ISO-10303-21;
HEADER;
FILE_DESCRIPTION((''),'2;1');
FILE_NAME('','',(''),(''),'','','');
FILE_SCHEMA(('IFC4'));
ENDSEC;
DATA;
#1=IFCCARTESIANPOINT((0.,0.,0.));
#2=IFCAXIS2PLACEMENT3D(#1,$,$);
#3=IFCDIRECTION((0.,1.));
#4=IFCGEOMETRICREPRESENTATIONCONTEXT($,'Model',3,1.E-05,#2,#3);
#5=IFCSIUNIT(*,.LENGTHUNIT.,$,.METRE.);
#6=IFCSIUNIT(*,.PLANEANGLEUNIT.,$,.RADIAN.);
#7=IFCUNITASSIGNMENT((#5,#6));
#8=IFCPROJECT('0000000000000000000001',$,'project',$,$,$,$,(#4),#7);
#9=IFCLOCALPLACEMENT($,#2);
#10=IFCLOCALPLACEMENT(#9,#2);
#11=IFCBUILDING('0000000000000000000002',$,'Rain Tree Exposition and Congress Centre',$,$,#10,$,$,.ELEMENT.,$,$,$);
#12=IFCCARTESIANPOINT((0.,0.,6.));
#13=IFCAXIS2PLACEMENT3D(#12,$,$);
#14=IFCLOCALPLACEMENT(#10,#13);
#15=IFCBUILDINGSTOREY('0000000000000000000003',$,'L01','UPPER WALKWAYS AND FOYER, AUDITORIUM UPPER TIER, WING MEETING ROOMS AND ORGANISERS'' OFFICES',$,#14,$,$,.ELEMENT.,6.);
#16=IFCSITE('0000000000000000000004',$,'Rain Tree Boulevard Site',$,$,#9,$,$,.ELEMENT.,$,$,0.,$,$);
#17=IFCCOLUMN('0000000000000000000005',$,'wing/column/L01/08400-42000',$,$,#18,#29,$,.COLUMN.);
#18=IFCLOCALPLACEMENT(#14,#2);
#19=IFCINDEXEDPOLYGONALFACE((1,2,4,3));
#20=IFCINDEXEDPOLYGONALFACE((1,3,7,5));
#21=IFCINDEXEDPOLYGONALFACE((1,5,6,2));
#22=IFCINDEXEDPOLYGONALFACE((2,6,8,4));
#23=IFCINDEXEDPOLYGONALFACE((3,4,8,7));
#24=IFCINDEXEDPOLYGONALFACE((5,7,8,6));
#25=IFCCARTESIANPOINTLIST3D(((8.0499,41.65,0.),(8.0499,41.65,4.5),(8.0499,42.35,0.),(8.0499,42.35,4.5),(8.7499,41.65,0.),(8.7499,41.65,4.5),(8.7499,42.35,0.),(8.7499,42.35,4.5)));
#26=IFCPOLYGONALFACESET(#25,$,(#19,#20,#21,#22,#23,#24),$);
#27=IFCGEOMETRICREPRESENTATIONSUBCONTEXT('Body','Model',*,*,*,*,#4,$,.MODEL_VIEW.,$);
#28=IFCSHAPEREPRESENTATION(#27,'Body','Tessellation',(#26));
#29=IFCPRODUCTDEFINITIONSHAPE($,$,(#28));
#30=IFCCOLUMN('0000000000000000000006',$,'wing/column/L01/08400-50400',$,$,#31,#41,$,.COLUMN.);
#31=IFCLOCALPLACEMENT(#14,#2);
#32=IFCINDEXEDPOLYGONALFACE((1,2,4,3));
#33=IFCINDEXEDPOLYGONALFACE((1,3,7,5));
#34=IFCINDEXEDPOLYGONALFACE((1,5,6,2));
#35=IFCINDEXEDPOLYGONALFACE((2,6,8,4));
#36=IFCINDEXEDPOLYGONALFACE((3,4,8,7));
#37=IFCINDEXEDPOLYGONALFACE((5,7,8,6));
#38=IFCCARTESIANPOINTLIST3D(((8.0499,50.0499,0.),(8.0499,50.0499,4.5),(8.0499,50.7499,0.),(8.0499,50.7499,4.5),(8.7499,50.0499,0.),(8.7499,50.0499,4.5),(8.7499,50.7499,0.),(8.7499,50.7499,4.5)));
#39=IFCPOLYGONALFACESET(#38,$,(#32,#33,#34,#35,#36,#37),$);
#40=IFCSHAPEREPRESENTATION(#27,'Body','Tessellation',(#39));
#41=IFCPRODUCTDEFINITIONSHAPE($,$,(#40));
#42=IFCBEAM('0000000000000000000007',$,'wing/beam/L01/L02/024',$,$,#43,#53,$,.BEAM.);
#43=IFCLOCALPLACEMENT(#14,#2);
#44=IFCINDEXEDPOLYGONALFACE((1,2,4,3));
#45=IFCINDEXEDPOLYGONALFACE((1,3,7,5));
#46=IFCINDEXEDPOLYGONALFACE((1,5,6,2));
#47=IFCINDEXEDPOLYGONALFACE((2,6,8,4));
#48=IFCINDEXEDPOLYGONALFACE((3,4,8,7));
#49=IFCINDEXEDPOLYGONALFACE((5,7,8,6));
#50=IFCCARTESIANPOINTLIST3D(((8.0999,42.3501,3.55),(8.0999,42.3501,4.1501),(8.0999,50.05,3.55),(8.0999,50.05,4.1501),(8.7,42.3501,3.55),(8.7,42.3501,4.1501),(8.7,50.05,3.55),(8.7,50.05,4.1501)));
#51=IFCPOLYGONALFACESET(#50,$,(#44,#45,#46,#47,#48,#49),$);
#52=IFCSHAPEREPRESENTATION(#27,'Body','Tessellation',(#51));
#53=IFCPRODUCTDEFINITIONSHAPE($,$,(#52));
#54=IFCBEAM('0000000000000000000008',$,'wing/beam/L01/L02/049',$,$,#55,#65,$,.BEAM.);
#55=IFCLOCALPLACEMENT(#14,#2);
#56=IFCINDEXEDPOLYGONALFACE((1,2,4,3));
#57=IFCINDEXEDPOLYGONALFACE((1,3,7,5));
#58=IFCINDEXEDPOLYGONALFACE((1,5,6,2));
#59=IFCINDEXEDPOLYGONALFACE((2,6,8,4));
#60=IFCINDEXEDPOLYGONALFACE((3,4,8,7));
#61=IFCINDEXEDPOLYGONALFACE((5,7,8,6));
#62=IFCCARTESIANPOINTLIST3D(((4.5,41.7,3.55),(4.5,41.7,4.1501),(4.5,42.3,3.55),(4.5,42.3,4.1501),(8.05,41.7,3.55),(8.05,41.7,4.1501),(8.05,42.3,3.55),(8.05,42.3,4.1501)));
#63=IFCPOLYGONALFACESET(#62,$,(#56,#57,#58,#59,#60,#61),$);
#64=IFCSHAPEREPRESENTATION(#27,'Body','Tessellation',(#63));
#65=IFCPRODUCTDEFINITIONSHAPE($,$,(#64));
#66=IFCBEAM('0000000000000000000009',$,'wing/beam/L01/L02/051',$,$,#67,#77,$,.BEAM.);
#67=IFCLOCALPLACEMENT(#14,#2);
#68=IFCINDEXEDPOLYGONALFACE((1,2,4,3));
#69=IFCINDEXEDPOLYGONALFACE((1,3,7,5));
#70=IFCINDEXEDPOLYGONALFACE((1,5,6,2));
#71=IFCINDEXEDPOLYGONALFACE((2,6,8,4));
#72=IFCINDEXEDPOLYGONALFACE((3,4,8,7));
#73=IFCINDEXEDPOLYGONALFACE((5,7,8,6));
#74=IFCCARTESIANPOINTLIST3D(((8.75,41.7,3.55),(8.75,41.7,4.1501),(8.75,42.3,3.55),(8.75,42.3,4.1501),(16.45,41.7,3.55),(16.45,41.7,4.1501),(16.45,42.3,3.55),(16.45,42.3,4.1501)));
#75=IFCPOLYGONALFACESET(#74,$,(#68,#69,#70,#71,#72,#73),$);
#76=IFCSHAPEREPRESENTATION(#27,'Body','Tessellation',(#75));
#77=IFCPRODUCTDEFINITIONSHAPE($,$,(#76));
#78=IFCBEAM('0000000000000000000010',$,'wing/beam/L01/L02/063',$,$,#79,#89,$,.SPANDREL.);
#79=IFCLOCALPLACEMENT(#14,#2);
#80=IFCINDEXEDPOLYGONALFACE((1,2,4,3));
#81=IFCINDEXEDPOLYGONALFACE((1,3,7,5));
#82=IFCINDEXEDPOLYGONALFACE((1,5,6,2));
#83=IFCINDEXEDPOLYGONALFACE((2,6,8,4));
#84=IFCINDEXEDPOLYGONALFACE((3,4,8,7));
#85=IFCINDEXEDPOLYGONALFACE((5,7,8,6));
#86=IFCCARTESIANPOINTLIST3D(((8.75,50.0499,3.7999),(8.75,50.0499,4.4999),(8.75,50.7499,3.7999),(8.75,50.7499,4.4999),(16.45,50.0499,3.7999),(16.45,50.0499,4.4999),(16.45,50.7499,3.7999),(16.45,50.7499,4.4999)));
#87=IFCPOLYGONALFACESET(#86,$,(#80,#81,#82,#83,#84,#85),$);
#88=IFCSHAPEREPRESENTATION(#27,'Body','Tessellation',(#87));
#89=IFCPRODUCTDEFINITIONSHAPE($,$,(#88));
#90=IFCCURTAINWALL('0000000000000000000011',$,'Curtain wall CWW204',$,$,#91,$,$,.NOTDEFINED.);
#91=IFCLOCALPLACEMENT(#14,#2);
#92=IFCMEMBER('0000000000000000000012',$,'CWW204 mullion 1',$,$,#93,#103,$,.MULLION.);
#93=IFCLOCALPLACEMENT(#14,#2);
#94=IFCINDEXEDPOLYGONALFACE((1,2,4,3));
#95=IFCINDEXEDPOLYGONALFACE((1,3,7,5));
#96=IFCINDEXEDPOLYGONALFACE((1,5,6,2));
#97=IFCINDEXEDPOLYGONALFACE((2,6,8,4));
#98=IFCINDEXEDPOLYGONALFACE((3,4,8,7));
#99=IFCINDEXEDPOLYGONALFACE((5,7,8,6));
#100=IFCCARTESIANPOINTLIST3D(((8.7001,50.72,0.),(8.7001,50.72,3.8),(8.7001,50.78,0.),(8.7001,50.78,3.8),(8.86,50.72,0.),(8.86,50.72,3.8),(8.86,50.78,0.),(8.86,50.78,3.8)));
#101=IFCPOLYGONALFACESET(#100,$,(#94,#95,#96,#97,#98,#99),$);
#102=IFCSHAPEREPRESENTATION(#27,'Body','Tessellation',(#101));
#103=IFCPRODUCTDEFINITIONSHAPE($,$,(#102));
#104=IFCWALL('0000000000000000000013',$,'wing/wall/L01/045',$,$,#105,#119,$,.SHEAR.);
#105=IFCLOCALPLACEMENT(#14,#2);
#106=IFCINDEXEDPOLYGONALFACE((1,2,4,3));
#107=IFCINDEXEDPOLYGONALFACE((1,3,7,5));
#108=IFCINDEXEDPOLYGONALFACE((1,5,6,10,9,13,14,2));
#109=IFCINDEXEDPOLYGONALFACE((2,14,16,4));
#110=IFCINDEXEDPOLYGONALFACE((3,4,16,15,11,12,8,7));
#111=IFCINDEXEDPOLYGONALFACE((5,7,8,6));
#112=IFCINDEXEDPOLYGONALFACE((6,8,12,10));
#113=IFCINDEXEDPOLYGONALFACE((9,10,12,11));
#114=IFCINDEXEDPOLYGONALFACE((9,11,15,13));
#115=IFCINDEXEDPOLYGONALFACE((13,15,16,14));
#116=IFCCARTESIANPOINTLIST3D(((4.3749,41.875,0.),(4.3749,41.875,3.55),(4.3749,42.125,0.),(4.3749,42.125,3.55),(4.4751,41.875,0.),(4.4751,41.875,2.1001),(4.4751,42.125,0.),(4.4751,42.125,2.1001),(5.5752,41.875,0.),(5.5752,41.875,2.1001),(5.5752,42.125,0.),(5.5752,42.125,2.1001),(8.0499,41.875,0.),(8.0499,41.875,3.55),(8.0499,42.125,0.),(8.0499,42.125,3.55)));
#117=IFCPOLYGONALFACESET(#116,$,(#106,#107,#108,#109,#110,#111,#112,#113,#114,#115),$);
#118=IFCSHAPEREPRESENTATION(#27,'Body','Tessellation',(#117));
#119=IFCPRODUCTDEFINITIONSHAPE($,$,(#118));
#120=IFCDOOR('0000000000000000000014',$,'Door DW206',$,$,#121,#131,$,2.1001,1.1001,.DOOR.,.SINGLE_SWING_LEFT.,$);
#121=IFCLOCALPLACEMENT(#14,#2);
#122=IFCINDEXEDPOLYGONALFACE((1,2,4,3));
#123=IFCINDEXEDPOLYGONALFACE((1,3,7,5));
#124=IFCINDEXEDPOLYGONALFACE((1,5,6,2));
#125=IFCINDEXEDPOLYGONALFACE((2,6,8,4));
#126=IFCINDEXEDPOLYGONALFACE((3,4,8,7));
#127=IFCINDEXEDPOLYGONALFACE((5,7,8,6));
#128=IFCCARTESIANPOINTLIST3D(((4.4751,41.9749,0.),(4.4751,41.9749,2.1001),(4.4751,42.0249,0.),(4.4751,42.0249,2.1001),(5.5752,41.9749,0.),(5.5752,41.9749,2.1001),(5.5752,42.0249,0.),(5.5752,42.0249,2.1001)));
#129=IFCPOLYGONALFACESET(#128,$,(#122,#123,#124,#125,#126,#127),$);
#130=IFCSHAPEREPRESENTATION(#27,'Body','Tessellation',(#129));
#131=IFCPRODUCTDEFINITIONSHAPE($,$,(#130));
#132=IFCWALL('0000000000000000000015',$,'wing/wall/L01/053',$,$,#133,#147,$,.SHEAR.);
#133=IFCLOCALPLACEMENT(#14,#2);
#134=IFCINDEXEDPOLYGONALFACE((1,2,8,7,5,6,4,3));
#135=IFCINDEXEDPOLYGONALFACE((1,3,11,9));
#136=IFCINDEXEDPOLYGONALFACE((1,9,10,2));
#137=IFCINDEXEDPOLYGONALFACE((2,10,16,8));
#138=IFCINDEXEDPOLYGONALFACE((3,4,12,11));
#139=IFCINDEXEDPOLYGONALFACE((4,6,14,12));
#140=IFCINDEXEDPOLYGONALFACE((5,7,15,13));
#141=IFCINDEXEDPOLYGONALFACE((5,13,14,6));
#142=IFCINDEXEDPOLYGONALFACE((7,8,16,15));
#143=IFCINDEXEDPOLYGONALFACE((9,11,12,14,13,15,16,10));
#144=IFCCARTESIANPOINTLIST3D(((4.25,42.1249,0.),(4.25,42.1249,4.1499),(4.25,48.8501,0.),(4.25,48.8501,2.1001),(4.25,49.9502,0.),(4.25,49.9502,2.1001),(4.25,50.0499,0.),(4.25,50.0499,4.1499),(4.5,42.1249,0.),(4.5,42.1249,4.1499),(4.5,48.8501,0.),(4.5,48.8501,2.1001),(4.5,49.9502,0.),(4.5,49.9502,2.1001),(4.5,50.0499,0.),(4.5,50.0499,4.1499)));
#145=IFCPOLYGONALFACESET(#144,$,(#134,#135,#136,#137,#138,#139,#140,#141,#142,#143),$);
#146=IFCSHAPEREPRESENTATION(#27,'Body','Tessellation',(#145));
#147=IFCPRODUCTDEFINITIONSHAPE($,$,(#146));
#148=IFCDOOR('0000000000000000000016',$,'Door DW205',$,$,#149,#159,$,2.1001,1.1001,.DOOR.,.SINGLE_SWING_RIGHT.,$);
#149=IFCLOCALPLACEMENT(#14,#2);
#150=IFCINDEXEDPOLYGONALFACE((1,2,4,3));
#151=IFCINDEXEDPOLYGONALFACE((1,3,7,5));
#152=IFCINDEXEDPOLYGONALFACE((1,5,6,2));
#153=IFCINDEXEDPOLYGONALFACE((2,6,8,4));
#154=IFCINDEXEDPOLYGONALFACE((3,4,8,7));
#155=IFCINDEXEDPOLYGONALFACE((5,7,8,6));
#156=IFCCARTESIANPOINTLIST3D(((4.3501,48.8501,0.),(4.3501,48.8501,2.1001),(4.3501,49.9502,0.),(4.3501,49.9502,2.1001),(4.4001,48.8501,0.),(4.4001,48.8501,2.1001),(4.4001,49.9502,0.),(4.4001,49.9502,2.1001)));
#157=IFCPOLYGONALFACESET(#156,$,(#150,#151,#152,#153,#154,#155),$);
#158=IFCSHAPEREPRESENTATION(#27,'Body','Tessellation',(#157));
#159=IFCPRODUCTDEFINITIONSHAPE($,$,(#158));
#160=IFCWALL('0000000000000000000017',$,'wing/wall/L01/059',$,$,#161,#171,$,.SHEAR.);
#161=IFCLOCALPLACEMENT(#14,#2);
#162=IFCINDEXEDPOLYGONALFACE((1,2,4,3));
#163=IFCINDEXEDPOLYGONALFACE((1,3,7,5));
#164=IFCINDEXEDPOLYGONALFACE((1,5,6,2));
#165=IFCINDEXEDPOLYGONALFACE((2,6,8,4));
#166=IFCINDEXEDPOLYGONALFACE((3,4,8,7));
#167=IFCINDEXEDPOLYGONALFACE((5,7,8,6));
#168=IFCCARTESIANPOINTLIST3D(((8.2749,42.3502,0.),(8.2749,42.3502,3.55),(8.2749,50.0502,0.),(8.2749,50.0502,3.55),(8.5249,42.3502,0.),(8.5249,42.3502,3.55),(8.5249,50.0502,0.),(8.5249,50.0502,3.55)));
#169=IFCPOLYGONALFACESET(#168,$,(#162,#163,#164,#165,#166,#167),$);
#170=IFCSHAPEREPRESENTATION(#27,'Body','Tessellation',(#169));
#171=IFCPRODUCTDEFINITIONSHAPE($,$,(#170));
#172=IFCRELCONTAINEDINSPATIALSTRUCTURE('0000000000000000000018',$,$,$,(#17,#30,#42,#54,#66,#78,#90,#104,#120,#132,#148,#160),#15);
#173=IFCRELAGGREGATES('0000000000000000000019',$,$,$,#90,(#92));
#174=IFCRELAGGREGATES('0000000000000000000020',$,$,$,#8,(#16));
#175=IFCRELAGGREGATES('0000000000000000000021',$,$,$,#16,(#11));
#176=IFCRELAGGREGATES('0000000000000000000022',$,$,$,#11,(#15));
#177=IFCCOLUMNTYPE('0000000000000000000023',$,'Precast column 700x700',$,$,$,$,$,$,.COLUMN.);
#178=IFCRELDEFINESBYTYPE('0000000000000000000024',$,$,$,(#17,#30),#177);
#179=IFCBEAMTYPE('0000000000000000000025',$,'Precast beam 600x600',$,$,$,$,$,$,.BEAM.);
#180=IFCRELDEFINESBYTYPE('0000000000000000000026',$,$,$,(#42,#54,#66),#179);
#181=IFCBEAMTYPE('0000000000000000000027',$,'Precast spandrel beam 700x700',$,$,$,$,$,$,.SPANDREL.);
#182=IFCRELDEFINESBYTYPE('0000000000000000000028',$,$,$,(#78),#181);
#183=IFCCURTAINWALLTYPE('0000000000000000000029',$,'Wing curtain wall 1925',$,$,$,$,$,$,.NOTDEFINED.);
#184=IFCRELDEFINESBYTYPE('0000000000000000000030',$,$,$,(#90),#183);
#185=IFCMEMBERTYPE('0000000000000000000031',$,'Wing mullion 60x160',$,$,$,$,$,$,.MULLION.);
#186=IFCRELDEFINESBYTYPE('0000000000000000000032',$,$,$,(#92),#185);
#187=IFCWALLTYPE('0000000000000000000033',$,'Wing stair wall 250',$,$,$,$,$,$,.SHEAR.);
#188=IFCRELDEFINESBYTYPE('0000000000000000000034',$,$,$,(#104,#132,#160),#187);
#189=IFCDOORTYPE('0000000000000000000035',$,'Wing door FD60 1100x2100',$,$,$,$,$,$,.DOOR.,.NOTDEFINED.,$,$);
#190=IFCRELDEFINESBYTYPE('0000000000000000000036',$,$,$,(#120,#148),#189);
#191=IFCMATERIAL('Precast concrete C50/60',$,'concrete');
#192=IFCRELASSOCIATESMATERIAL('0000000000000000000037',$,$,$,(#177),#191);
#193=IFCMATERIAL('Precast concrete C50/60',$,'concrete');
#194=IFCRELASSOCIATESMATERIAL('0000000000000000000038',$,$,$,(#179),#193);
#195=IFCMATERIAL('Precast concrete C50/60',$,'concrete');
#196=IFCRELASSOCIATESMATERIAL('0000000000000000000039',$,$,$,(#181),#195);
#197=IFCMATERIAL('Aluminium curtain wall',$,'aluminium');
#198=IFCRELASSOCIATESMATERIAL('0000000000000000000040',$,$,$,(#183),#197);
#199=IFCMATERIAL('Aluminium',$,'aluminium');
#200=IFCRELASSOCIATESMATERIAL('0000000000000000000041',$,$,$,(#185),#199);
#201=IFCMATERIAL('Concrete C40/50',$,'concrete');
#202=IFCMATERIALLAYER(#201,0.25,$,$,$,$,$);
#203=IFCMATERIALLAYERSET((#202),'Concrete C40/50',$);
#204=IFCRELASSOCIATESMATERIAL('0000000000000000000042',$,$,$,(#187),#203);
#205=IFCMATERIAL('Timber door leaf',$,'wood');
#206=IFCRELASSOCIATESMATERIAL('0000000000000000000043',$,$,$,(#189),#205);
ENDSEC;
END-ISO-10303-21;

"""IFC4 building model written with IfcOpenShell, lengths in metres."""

from ifc_helpers import new_model, si_unit, direction, frame, frame_2d, origin, origin_2d, place, context, subcontext, project, spatial, rectangle, extrude, material, layer, layer_set, material_profile, profile_set, type_object, element, fill, aggregate, save


model = new_model("IFC4")

# Units and contexts
model_context = context("Model", 3, precision=1e-05, world=origin(), true_north=direction((0.0, 1.0)))
body_context = subcontext(model_context, "Body", "Model", "MODEL_VIEW")
ifc_project = project(units=[si_unit("LENGTHUNIT", "METRE"), si_unit("PLANEANGLEUNIT", "RADIAN")], contexts=[model_context])

# Site, building, storey
site_placement = place(None, origin())
site = spatial("IfcSite", under=ifc_project, at=site_placement, Name="Rain Tree Boulevard Site", CompositionType="ELEMENT", RefElevation=0.0)
building_placement = place(site_placement, origin())
building = spatial("IfcBuilding", under=site, at=building_placement, Name="Rain Tree Exposition and Congress Centre", CompositionType="ELEMENT")
storey_placement = place(building_placement, frame((0.0, 0.0, 6.0)))
storey = spatial("IfcBuildingStorey", under=building, at=storey_placement, Name="L01", Description="UPPER WALKWAYS AND FOYER, AUDITORIUM UPPER TIER, WING MEETING ROOMS AND ORGANISERS' OFFICES", CompositionType="ELEMENT", Elevation=6.0)

# Columns
ifc_material_1 = material(Name="Precast concrete C50/60", Category="concrete")
ifc_material_profile_1 = material_profile(ifc_material_1, rectangle(XDim=0.7, YDim=0.7, at=origin_2d()), Name="RC 700x700")
ifc_profile_set_1 = profile_set([ifc_material_profile_1], Name="Precast concrete C50/60")
column_type = type_object("IfcColumnType", Name="Precast column 700x700", PredefinedType="COLUMN", material=ifc_profile_set_1)
for number, where, z_axis, x_axis, name in (
    (1, (8.3999, 42.0, 0.0), (0.0, 0.0, 1.0), (1.0, 0.0, 0.0), "wing/column/L01/08400-42000"),
    (2, (8.3999, 50.3999, 0.0), (0.0, 0.0, 1.0), (1.0, 0.0, 0.0), "wing/column/L01/08400-50400"),
):
    element("IfcColumn", number, at=place(storey_placement, frame(where, z_axis=z_axis, x_axis=x_axis)), inside=storey, type_object=column_type, Name=name, PredefinedType="COLUMN", context=body_context, shape_type="SweptSolid", body=[
        extrude(rectangle(XDim=0.7, YDim=0.7, at=origin_2d()), origin(), (0.0, 0.0, 1.0), 4.5),
    ])

# Beams
ifc_material_2 = material(Name="Precast concrete C50/60", Category="concrete")
ifc_material_profile_2 = material_profile(ifc_material_2, rectangle(XDim=0.6001, YDim=0.6001, at=origin_2d()), Name="RC 600x600")
ifc_profile_set_2 = profile_set([ifc_material_profile_2], Name="Precast concrete C50/60")
beam_type_1 = type_object("IfcBeamType", Name="Precast beam 600x600", PredefinedType="BEAM", material=ifc_profile_set_2)
beam_1_placement = place(storey_placement, frame((8.3999, 42.3501, 3.8501), z_axis=(0.0, 1.0, 0.0), x_axis=(-1.0, 0.0, 0.0)))
element("IfcBeam", 3, at=beam_1_placement, inside=storey, type_object=beam_type_1, Name="wing/beam/L01/L02/024", PredefinedType="BEAM", context=body_context, shape_type="SweptSolid", body=[
    extrude(rectangle(XDim=0.6001, YDim=0.6001, at=origin_2d()), origin(), (0.0, 0.0, 1.0), 7.7),
])
beam_2_placement = place(storey_placement, frame((4.5, 42.0, 3.8501), z_axis=(1.0, 0.0, 0.0), x_axis=(0.0, 1.0, 0.0)))
element("IfcBeam", 4, at=beam_2_placement, inside=storey, type_object=beam_type_1, Name="wing/beam/L01/L02/049", PredefinedType="BEAM", context=body_context, shape_type="SweptSolid", body=[
    extrude(rectangle(XDim=0.6001, YDim=0.6001, at=origin_2d()), origin(), (0.0, 0.0, 1.0), 3.55),
])
beam_3_placement = place(storey_placement, frame((8.75, 42.0, 3.8501), z_axis=(1.0, 0.0, 0.0), x_axis=(0.0, 1.0, 0.0)))
element("IfcBeam", 5, at=beam_3_placement, inside=storey, type_object=beam_type_1, Name="wing/beam/L01/L02/051", PredefinedType="BEAM", context=body_context, shape_type="SweptSolid", body=[
    extrude(rectangle(XDim=0.6001, YDim=0.6001, at=origin_2d()), origin(), (0.0, 0.0, 1.0), 7.7),
])
ifc_material_3 = material(Name="Precast concrete C50/60", Category="concrete")
ifc_material_profile_3 = material_profile(ifc_material_3, rectangle(XDim=0.7, YDim=0.7, at=origin_2d()), Name="RC 700x700")
ifc_profile_set_3 = profile_set([ifc_material_profile_3], Name="Precast concrete C50/60")
beam_type_2 = type_object("IfcBeamType", Name="Precast spandrel beam 700x700", PredefinedType="SPANDREL", material=ifc_profile_set_3)
beam_4_placement = place(storey_placement, frame((8.75, 50.3999, 4.1499), z_axis=(1.0, 0.0, 0.0), x_axis=(0.0, 1.0, 0.0)))
element("IfcBeam", 6, at=beam_4_placement, inside=storey, type_object=beam_type_2, Name="wing/beam/L01/L02/063", PredefinedType="SPANDREL", context=body_context, shape_type="SweptSolid", body=[
    extrude(rectangle(XDim=0.7, YDim=0.7, at=origin_2d()), origin(), (0.0, 0.0, 1.0), 7.7),
])

# Curtain wall, member
ifc_material_4 = material(Name="Aluminium curtain wall", Category="aluminium")
curtain_wall_type = type_object("IfcCurtainWallType", Name="Wing curtain wall 1925", PredefinedType="NOTDEFINED", material=ifc_material_4)
curtain_wall_placement = place(storey_placement, origin())
curtain_wall = element("IfcCurtainWall", 7, at=curtain_wall_placement, inside=storey, type_object=curtain_wall_type, Name="Curtain wall CWW204", PredefinedType="NOTDEFINED")
ifc_material_5 = material(Name="Aluminium", Category="aluminium")
ifc_material_profile_4 = material_profile(ifc_material_5, rectangle(XDim=0.0601, YDim=0.1599, at=origin_2d()), Name="Aluminium 60x160")
ifc_profile_set_4 = profile_set([ifc_material_profile_4], Name="Aluminium")
member_type = type_object("IfcMemberType", Name="Wing mullion 60x160", PredefinedType="MULLION", material=ifc_profile_set_4)
member_placement = place(storey_placement, frame((8.78, 50.75, 0.0), z_axis=(0.0, 0.0, 1.0), x_axis=(0.0, 1.0, 0.0)))
member = element("IfcMember", 8, at=member_placement, type_object=member_type, Name="CWW204 mullion 1", PredefinedType="MULLION", context=body_context, shape_type="SweptSolid", body=[
    extrude(rectangle(XDim=0.0601, YDim=0.1599, at=origin_2d()), origin(), (0.0, 0.0, 1.0), 3.8),
])
aggregate(curtain_wall, [member])

# Walls, openings, doors
ifc_material_6 = material(Name="Concrete C40/50", Category="concrete")
ifc_layer_1 = layer(ifc_material_6, 0.25)
ifc_layer_set_1 = layer_set([ifc_layer_1], Name="Concrete C40/50")
wall_type_1 = type_object("IfcWallType", Name="Wing stair wall 250", PredefinedType="SHEAR", material=ifc_layer_set_1)
wall_1_placement = place(storey_placement, frame((4.375, 42.0, 0.0), z_axis=(0.0, 0.0, 1.0), x_axis=(1.0, 0.0, 0.0)))
wall_1 = element("IfcWall", 9, at=wall_1_placement, inside=storey, type_object=wall_type_1, Name="wing/wall/L01/045", PredefinedType="SHEAR", context=body_context, shape_type="SweptSolid", body=[
    extrude(rectangle(XDim=3.675, YDim=0.25, at=frame_2d((1.8374, 0.0))), origin(), (0.0, 0.0, 1.0), 3.55),
])
opening_1_placement = place(wall_1_placement, frame((0.1001, 0.0, 0.0)))
opening_1 = element("IfcOpeningElement", 10, at=opening_1_placement, cuts=wall_1, PredefinedType="OPENING", context=body_context, shape_type="SweptSolid", body=[
    extrude(rectangle(XDim=1.1001, YDim=2.1001, at=frame_2d((0.55, 1.05))), frame((0.0, 0.125, 0.0), z_axis=(0.0, -1.0, 0.0), x_axis=(1.0, 0.0, 0.0)), (0.0, 0.0, 1.0), 0.25),
])
ifc_material_7 = material(Name="Timber door leaf", Category="wood")
door_type_1 = type_object("IfcDoorType", Name="Wing door FD60 1100x2100", OperationType="NOTDEFINED", PredefinedType="DOOR", material=ifc_material_7)
door_1_placement = place(opening_1_placement, origin())
door_1 = element("IfcDoor", 11, at=door_1_placement, inside=storey, type_object=door_type_1, Name="Door DW206", OperationType="SINGLE_SWING_LEFT", OverallHeight=2.1001, OverallWidth=1.1001, PredefinedType="DOOR", context=body_context, shape_type="SweptSolid", body=[
    extrude(rectangle(XDim=1.1001, YDim=2.1001, at=frame_2d((0.55, 1.05))), frame((0.0, 0.0249, 0.0), z_axis=(0.0, -1.0, 0.0), x_axis=(1.0, 0.0, 0.0)), (0.0, 0.0, 1.0), 0.05),
])
fill(opening_1, door_1)
wall_2_placement = place(storey_placement, frame((4.375, 42.125, 0.0), z_axis=(0.0, 0.0, 1.0), x_axis=(0.0, 1.0, 0.0)))
wall_2 = element("IfcWall", 12, at=wall_2_placement, inside=storey, type_object=wall_type_1, Name="wing/wall/L01/053", PredefinedType="SHEAR", context=body_context, shape_type="SweptSolid", body=[
    extrude(rectangle(XDim=7.925, YDim=0.25, at=frame_2d((3.9624, 0.0))), origin(), (0.0, 0.0, 1.0), 4.1499),
])
opening_2_placement = place(wall_2_placement, frame((6.7251, 0.0, 0.0)))
opening_2 = element("IfcOpeningElement", 13, at=opening_2_placement, cuts=wall_2, PredefinedType="OPENING", context=body_context, shape_type="SweptSolid", body=[
    extrude(rectangle(XDim=1.1001, YDim=2.1001, at=frame_2d((0.55, 1.05))), frame((0.0, 0.125, 0.0), z_axis=(0.0, -1.0, 0.0), x_axis=(1.0, 0.0, 0.0)), (0.0, 0.0, 1.0), 0.25),
])
door_2_placement = place(opening_2_placement, origin())
door_2 = element("IfcDoor", 14, at=door_2_placement, inside=storey, type_object=door_type_1, Name="Door DW205", OperationType="SINGLE_SWING_RIGHT", OverallHeight=2.1001, OverallWidth=1.1001, PredefinedType="DOOR", context=body_context, shape_type="SweptSolid", body=[
    extrude(rectangle(XDim=1.1001, YDim=2.1001, at=frame_2d((0.55, 1.05))), frame((0.0, 0.0249, 0.0), z_axis=(0.0, -1.0, 0.0), x_axis=(1.0, 0.0, 0.0)), (0.0, 0.0, 1.0), 0.05),
])
fill(opening_2, door_2)

# Wall
wall_3_placement = place(storey_placement, frame((8.3999, 42.3501, 0.0), z_axis=(0.0, 0.0, 1.0), x_axis=(0.0, 1.0, 0.0)))
element("IfcWall", 15, at=wall_3_placement, inside=storey, type_object=wall_type_1, Name="wing/wall/L01/059", PredefinedType="SHEAR", context=body_context, shape_type="SweptSolid", body=[
    extrude(rectangle(XDim=7.7, YDim=0.25, at=frame_2d((3.8501, 0.0))), origin(), (0.0, 0.0, 1.0), 3.55),
])

save(model, "model.ifc")
